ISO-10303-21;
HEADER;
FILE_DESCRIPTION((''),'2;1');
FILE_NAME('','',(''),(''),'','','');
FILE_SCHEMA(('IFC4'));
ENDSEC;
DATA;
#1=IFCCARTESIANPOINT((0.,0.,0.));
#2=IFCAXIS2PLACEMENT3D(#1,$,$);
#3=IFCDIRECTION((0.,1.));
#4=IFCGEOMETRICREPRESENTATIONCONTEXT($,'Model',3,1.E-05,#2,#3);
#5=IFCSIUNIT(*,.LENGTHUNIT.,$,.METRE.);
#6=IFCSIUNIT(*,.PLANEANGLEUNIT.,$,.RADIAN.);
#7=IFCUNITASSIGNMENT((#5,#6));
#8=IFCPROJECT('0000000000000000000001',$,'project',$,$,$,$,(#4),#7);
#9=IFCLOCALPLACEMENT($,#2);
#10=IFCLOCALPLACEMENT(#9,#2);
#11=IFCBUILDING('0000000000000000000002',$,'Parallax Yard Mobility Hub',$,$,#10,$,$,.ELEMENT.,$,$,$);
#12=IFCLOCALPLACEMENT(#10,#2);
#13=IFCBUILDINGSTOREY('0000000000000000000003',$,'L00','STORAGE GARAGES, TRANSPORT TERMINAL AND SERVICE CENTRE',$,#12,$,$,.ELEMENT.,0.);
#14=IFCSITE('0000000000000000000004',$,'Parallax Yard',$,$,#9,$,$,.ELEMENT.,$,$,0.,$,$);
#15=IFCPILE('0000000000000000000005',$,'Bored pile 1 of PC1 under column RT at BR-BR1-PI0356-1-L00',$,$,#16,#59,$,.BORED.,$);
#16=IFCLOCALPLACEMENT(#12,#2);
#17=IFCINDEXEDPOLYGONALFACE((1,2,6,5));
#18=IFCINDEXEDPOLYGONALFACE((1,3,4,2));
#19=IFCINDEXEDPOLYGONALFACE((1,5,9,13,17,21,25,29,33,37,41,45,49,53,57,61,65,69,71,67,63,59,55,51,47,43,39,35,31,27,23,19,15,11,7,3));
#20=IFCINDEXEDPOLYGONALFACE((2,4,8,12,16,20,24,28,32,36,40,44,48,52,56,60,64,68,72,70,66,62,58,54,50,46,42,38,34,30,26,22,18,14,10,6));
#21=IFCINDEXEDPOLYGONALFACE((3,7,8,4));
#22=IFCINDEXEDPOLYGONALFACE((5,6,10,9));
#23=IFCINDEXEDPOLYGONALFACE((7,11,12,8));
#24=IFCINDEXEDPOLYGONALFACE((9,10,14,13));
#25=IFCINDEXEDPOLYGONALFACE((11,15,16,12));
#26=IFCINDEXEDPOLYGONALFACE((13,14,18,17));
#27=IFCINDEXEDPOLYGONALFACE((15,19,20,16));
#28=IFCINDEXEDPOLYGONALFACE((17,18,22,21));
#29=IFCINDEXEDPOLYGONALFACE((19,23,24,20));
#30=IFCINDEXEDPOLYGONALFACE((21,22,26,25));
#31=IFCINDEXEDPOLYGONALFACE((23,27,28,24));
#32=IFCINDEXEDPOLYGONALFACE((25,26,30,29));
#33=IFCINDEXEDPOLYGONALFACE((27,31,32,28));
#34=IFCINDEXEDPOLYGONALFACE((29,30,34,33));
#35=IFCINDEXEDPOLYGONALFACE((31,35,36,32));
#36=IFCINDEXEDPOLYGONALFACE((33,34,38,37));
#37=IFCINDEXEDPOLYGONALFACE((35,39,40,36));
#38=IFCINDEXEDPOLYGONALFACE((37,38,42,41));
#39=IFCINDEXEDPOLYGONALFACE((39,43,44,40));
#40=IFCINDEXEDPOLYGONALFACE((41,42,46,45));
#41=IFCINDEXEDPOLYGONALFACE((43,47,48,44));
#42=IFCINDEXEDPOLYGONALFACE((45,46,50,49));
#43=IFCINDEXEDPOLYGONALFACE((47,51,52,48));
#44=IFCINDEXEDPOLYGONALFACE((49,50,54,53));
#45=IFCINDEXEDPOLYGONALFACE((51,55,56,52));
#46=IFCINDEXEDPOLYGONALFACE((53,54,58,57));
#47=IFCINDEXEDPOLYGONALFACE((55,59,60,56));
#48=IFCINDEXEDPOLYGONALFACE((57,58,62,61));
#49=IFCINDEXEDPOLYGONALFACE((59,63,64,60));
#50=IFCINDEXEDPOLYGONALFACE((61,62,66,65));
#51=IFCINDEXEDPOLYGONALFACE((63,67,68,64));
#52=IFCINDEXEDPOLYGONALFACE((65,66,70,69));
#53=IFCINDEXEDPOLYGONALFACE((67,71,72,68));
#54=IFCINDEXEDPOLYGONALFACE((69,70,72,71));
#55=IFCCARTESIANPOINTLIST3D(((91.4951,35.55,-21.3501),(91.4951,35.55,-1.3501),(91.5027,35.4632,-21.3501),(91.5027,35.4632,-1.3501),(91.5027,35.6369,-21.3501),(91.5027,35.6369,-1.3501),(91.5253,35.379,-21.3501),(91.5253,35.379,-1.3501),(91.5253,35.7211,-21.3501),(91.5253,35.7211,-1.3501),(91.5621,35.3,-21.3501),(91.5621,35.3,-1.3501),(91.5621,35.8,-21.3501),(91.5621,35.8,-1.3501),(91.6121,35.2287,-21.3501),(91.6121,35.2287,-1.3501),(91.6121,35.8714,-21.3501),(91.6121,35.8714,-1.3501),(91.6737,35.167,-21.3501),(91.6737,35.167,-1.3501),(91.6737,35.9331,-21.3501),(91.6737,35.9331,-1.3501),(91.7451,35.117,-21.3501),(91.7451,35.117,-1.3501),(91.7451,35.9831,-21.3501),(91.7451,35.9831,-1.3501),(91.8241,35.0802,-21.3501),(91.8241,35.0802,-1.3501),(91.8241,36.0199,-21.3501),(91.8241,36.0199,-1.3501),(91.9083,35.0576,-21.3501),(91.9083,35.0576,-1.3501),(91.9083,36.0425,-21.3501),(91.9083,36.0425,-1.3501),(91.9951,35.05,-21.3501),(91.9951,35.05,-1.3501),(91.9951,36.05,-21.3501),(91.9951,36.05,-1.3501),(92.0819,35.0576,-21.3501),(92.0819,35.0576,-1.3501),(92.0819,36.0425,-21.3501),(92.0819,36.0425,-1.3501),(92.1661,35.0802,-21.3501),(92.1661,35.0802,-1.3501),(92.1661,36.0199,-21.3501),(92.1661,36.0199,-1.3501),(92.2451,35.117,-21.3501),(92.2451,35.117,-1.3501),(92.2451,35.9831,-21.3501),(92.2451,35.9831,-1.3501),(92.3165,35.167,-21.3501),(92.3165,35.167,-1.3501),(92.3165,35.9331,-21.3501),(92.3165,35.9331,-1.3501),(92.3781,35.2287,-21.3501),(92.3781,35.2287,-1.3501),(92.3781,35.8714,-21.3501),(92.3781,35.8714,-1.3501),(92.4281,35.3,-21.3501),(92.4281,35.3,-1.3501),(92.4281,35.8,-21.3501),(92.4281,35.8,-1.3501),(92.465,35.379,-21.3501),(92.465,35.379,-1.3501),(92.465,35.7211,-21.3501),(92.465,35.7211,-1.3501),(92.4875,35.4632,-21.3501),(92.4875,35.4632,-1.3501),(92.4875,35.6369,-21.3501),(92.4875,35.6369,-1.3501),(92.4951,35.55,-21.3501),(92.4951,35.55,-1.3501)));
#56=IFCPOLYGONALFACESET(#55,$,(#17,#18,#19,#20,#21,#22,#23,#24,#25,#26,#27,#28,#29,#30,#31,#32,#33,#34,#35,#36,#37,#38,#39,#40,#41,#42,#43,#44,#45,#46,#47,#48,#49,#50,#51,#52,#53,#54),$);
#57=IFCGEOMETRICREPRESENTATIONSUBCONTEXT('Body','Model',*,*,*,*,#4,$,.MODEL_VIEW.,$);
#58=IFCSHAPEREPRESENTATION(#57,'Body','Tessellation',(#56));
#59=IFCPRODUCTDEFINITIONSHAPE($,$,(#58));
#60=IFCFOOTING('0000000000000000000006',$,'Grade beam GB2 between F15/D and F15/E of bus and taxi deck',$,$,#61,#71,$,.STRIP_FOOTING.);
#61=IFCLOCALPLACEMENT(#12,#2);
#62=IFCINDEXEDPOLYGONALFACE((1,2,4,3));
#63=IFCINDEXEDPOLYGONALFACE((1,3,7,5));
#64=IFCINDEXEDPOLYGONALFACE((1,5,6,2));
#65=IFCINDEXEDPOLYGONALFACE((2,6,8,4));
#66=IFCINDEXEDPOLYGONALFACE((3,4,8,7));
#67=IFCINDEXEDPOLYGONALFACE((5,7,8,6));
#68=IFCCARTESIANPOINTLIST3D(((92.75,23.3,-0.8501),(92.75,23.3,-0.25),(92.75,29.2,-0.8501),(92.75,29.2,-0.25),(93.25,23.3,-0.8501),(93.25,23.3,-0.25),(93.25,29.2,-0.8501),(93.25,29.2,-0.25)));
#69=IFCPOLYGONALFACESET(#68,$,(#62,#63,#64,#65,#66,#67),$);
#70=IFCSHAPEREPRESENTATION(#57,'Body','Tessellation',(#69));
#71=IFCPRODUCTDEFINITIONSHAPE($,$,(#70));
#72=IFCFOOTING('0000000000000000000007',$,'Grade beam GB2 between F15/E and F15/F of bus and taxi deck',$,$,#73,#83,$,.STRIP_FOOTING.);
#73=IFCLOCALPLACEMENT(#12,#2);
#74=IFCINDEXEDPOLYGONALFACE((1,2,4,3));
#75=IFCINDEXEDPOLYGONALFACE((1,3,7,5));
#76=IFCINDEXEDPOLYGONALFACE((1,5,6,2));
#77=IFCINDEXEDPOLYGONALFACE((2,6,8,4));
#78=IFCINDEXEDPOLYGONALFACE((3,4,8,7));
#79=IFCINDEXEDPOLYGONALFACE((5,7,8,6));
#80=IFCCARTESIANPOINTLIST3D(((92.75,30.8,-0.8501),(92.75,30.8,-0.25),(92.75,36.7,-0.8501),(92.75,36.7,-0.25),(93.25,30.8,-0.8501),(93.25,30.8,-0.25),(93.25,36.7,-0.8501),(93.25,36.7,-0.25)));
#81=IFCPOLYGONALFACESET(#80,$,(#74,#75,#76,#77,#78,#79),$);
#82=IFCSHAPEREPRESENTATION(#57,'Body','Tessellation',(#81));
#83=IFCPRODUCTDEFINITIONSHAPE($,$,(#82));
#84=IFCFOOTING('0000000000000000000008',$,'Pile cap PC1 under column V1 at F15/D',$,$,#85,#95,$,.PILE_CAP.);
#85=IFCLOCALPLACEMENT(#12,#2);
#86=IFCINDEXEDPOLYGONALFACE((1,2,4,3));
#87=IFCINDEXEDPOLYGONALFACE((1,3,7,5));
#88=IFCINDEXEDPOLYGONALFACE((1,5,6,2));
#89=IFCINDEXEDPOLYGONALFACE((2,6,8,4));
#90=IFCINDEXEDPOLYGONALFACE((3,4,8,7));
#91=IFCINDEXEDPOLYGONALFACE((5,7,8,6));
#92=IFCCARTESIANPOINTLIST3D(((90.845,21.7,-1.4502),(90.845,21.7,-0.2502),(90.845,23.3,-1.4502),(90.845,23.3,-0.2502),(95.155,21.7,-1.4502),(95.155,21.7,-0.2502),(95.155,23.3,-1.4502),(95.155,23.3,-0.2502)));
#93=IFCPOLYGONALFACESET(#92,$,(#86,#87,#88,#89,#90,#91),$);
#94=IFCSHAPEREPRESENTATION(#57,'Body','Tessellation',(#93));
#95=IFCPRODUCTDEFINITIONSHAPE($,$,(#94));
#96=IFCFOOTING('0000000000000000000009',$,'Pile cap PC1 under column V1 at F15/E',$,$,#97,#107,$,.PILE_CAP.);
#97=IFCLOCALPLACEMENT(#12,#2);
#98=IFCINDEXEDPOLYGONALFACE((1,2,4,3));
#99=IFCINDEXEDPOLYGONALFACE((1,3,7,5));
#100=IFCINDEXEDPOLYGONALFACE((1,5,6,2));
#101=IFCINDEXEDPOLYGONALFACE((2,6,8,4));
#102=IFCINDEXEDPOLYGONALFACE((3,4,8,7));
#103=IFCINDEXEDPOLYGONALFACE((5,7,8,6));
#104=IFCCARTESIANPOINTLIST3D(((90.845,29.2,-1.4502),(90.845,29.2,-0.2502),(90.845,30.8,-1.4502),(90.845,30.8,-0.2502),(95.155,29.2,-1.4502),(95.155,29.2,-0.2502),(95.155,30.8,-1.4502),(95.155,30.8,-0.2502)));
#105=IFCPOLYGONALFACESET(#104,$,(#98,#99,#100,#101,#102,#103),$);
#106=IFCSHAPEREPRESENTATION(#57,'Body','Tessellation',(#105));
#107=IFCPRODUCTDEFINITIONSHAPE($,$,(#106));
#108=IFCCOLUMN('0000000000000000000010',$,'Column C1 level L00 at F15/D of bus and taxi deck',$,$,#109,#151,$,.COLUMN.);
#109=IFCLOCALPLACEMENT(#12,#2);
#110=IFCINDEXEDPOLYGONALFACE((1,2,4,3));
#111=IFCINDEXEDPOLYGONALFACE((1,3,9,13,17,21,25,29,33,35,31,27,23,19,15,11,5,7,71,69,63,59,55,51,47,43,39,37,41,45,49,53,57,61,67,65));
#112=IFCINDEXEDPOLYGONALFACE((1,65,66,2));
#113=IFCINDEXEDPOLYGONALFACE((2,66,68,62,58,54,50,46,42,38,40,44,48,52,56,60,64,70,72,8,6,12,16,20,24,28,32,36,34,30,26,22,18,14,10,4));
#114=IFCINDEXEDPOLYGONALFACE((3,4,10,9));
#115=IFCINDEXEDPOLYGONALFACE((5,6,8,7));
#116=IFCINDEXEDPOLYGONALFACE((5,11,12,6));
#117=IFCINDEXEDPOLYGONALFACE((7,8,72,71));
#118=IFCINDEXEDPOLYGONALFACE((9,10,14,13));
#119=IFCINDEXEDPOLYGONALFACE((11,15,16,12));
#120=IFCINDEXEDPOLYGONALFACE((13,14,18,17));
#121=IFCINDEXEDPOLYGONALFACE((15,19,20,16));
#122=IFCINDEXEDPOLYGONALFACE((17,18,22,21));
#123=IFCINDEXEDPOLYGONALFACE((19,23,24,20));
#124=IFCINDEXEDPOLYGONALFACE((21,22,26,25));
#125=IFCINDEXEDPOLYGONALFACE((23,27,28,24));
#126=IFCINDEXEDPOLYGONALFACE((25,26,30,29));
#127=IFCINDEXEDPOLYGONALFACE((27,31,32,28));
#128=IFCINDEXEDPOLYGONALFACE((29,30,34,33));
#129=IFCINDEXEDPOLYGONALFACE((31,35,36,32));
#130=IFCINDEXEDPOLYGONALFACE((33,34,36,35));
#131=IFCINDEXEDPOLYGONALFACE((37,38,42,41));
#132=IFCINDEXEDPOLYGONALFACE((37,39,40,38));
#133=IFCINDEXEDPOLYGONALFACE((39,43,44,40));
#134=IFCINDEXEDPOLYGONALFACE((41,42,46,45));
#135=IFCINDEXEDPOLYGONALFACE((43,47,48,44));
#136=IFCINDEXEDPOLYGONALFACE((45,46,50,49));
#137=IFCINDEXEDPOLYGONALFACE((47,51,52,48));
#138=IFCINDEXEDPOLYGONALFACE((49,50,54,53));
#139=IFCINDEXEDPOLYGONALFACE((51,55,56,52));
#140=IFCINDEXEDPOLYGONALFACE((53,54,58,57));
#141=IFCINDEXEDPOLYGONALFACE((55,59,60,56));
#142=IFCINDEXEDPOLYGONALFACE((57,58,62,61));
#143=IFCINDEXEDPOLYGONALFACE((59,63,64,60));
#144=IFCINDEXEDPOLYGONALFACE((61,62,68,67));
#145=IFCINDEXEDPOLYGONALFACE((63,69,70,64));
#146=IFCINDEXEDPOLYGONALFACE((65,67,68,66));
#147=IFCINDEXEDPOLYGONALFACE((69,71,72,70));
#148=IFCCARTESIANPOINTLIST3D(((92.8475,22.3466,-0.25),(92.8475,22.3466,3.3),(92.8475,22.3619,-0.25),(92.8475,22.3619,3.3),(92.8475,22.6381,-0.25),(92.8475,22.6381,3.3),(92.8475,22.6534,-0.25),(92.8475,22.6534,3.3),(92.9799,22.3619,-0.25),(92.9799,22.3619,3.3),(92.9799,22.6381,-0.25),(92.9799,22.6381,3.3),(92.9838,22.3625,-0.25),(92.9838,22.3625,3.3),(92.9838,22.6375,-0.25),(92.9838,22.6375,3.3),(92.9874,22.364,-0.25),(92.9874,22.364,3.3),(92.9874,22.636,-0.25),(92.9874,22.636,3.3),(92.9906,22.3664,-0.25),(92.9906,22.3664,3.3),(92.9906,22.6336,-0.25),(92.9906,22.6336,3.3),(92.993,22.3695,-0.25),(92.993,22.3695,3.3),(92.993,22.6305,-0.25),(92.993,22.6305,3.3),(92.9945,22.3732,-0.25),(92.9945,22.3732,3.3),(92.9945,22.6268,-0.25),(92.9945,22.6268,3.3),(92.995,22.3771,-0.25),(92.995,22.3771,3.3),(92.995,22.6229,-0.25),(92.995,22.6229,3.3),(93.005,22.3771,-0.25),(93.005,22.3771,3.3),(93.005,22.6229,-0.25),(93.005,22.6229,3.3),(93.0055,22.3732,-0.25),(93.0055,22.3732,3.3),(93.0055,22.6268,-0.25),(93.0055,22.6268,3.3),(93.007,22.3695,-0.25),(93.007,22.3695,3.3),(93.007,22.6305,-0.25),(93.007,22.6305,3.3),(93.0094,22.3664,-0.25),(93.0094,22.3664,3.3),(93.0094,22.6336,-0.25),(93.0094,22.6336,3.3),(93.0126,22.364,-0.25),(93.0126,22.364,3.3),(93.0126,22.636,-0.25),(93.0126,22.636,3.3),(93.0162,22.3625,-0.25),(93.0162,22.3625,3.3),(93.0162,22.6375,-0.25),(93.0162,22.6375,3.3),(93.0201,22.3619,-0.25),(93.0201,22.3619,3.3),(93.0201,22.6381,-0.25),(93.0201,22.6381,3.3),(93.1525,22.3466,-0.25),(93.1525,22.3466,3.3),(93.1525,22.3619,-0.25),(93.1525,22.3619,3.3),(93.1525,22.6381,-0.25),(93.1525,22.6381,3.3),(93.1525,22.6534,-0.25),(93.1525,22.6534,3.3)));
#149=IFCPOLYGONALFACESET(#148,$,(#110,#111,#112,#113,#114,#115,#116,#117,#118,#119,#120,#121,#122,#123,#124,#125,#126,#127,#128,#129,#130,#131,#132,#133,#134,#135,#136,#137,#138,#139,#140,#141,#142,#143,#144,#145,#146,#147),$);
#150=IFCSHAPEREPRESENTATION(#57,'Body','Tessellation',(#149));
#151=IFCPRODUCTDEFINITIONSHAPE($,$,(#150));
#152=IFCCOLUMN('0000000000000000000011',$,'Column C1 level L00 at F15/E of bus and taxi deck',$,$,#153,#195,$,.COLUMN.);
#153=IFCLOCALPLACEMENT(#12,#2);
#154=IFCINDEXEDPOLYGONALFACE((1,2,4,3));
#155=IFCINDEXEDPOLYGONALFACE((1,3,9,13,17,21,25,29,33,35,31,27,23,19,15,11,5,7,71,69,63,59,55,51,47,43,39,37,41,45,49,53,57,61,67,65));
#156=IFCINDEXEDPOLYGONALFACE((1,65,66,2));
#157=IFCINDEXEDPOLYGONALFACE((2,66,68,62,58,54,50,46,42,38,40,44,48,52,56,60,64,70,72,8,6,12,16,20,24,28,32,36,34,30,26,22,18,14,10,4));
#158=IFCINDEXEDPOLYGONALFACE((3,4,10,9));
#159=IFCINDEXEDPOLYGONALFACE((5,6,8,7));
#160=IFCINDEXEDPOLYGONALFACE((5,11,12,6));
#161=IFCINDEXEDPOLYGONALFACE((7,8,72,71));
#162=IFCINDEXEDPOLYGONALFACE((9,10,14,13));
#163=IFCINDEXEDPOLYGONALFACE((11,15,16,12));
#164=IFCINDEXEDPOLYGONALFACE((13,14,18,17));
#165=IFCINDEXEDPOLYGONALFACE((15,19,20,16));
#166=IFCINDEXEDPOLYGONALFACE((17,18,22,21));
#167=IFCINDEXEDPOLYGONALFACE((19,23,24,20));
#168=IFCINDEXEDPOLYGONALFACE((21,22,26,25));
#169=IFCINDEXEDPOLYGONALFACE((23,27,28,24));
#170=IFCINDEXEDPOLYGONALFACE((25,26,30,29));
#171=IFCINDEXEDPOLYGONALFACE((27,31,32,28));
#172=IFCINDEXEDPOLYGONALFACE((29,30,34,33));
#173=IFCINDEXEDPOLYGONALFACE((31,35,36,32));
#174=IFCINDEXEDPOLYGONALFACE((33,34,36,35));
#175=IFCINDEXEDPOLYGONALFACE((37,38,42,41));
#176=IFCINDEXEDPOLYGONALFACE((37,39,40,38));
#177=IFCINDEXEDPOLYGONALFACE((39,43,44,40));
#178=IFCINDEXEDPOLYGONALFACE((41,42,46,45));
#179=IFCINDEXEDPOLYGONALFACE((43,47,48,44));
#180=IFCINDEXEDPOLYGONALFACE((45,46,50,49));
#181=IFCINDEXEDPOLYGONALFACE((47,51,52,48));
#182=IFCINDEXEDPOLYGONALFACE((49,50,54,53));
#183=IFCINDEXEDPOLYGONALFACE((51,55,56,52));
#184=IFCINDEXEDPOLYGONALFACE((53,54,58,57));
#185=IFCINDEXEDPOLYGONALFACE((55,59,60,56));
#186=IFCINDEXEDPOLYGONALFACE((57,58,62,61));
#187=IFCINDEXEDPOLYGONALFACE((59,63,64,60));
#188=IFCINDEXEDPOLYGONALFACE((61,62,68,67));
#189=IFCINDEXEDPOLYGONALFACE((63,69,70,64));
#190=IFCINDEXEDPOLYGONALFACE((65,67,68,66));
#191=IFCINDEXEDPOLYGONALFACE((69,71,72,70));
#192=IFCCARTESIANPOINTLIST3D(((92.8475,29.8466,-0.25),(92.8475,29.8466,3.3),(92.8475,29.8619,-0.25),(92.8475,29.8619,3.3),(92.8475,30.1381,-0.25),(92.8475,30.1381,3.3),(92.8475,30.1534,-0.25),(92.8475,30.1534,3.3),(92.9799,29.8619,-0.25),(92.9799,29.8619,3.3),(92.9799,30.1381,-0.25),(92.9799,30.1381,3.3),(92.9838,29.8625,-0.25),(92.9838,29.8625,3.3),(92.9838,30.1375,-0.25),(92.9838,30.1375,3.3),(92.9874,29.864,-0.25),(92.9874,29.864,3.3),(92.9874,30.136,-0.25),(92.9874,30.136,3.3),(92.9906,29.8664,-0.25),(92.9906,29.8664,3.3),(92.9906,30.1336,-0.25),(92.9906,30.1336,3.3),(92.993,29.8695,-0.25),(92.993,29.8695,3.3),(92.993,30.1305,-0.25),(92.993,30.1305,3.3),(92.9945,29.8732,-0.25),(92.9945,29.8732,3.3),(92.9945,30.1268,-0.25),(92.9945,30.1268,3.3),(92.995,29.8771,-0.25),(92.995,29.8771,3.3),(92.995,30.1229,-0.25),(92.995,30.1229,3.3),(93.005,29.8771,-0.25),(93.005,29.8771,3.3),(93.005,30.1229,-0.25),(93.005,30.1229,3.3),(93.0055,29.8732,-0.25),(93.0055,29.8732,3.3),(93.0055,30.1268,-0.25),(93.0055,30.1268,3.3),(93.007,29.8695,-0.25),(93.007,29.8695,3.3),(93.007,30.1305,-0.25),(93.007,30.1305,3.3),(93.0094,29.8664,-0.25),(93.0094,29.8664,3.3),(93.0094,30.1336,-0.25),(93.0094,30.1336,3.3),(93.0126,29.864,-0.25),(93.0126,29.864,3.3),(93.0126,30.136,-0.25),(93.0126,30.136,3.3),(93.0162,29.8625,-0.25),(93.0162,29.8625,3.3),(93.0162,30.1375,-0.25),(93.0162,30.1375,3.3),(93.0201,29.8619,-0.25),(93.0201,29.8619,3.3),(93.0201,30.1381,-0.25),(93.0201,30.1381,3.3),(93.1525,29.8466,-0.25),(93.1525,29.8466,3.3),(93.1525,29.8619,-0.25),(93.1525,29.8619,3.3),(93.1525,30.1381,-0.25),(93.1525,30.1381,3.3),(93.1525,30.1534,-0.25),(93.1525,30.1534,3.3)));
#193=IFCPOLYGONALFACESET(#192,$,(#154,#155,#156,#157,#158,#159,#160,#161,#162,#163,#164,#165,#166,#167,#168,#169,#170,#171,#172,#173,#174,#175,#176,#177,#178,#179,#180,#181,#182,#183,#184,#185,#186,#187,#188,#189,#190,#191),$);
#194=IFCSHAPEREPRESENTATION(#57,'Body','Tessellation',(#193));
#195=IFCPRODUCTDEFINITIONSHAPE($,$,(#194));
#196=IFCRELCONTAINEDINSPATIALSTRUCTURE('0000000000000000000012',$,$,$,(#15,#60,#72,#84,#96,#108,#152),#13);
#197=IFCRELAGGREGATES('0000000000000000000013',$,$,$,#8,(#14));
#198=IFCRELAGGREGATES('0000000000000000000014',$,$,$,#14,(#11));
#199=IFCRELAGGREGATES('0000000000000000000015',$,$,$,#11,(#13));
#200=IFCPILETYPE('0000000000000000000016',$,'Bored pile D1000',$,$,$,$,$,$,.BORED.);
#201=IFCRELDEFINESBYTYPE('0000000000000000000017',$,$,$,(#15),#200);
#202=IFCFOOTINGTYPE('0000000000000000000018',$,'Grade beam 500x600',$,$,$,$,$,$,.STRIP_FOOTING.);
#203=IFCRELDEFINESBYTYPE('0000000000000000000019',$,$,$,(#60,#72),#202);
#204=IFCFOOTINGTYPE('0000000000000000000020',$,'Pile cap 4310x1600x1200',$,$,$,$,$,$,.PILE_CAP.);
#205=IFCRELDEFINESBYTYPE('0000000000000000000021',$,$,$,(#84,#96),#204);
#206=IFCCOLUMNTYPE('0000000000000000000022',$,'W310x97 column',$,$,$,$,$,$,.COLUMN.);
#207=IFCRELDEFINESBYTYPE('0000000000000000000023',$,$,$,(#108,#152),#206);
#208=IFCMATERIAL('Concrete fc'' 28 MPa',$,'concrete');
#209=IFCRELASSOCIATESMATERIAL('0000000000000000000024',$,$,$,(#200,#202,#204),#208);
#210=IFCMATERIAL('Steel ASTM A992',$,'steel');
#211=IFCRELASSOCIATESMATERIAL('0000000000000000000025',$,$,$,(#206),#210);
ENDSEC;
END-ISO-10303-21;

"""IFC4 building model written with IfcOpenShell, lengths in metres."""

from ifc_helpers import new_model, si_unit, direction, frame, origin, origin_2d, place, context, subcontext, project, spatial, rectangle, circle, i_section, extrude, material, material_profile, profile_set, type_object, element, save


model = new_model("IFC4")

# Units and contexts
model_context = context("Model", 3, precision=1e-05, world=origin(), true_north=direction((0.0, 1.0)))
body_context = subcontext(model_context, "Body", "Model", "MODEL_VIEW")
ifc_project = project(units=[si_unit("LENGTHUNIT", "METRE"), si_unit("PLANEANGLEUNIT", "RADIAN")], contexts=[model_context])

# Site, building, storey
site_placement = place(None, origin())
site = spatial("IfcSite", under=ifc_project, at=site_placement, Name="Parallax Yard", CompositionType="ELEMENT", RefElevation=0.0)
building_placement = place(site_placement, origin())
building = spatial("IfcBuilding", under=site, at=building_placement, Name="Parallax Yard Mobility Hub", CompositionType="ELEMENT")
storey_placement = place(building_placement, origin())
storey = spatial("IfcBuildingStorey", under=building, at=storey_placement, Name="L00", Description="STORAGE GARAGES, TRANSPORT TERMINAL AND SERVICE CENTRE", CompositionType="ELEMENT", Elevation=0.0)

# Pile
ifc_material_1 = material(Name="Concrete fc' 28 MPa", Category="concrete")
ifc_material_profile_1 = material_profile(ifc_material_1, circle(Radius=0.5, at=origin_2d()), Name="Bored pile D1000")
ifc_profile_set_1 = profile_set([ifc_material_profile_1], Name="Concrete fc' 28 MPa")
pile_type = type_object("IfcPileType", Name="Bored pile D1000", PredefinedType="BORED", material=ifc_profile_set_1)
pile_placement = place(storey_placement, frame((91.9951, 35.55, -1.3501), z_axis=(0.0, 0.0, -1.0), x_axis=(1.0, 0.0, 0.0)))
element("IfcPile", 1, at=pile_placement, inside=storey, type_object=pile_type, Name="Bored pile 1 of PC1 under column RT at BR-BR1-PI0356-1-L00", PredefinedType="BORED", context=body_context, shape_type="SweptSolid", body=[
    extrude(circle(Radius=0.5, at=origin_2d()), origin(), (0.0, 0.0, 1.0), 20.0),
])

# Footings
ifc_material_profile_2 = material_profile(ifc_material_1, rectangle(XDim=0.5, YDim=0.6001, at=origin_2d()), Name="Grade beam 500x600")
ifc_profile_set_2 = profile_set([ifc_material_profile_2], Name="Concrete fc' 28 MPa")
footing_type_1 = type_object("IfcFootingType", Name="Grade beam 500x600", PredefinedType="STRIP_FOOTING", material=ifc_profile_set_2)
for number, where, z_axis, x_axis, name in (
    (2, (93.0, 23.3, -0.55), (0.0, 1.0, 0.0), (-1.0, 0.0, 0.0), "Grade beam GB2 between F15/D and F15/E of bus and taxi deck"),
    (3, (93.0, 30.8, -0.55), (0.0, 1.0, 0.0), (-1.0, 0.0, 0.0), "Grade beam GB2 between F15/E and F15/F of bus and taxi deck"),
):
    element("IfcFooting", number, at=place(storey_placement, frame(where, z_axis=z_axis, x_axis=x_axis)), inside=storey, type_object=footing_type_1, Name=name, PredefinedType="STRIP_FOOTING", context=body_context, shape_type="SweptSolid", body=[
        extrude(rectangle(XDim=0.5, YDim=0.6001, at=origin_2d()), origin(), (0.0, 0.0, 1.0), 5.8999),
    ])
footing_type_2 = type_object("IfcFootingType", Name="Pile cap 4310x1600x1200", PredefinedType="PILE_CAP", material=ifc_material_1)
for number, where, z_axis, x_axis, name in (
    (4, (93.0, 22.5, -1.4502), (0.0, 0.0, 1.0), (1.0, 0.0, 0.0), "Pile cap PC1 under column V1 at F15/D"),
    (5, (93.0, 30.0, -1.4502), (0.0, 0.0, 1.0), (1.0, 0.0, 0.0), "Pile cap PC1 under column V1 at F15/E"),
):
    element("IfcFooting", number, at=place(storey_placement, frame(where, z_axis=z_axis, x_axis=x_axis)), inside=storey, type_object=footing_type_2, Name=name, PredefinedType="PILE_CAP", context=body_context, shape_type="SweptSolid", body=[
        extrude(rectangle(XDim=4.3101, YDim=1.6001, at=origin_2d()), origin(), (0.0, 0.0, 1.0), 1.2),
    ])

# Columns
ifc_material_2 = material(Name="Steel ASTM A992", Category="steel")
ifc_material_profile_3 = material_profile(ifc_material_2, i_section(OverallWidth=0.3049, OverallDepth=0.3069, WebThickness=0.01, FlangeThickness=0.0154, FilletRadius=0.0151, at=origin_2d()), Name="W310x97")
ifc_profile_set_3 = profile_set([ifc_material_profile_3], Name="Steel ASTM A992")
column_type = type_object("IfcColumnType", Name="W310x97 column", PredefinedType="COLUMN", material=ifc_profile_set_3)
for number, where, z_axis, x_axis, name in (
    (6, (93.0, 22.5, -0.25), (0.0, 0.0, 1.0), (1.0, 0.0, 0.0), "Column C1 level L00 at F15/D of bus and taxi deck"),
    (7, (93.0, 30.0, -0.25), (0.0, 0.0, 1.0), (1.0, 0.0, 0.0), "Column C1 level L00 at F15/E of bus and taxi deck"),
):
    element("IfcColumn", number, at=place(storey_placement, frame(where, z_axis=z_axis, x_axis=x_axis)), inside=storey, type_object=column_type, Name=name, PredefinedType="COLUMN", context=body_context, shape_type="SweptSolid", body=[
        extrude(i_section(OverallWidth=0.3049, OverallDepth=0.3069, WebThickness=0.01, FlangeThickness=0.0154, FilletRadius=0.0151, at=origin_2d()), origin(), (0.0, 0.0, 1.0), 3.55),
    ])

save(model, "model.ifc")
